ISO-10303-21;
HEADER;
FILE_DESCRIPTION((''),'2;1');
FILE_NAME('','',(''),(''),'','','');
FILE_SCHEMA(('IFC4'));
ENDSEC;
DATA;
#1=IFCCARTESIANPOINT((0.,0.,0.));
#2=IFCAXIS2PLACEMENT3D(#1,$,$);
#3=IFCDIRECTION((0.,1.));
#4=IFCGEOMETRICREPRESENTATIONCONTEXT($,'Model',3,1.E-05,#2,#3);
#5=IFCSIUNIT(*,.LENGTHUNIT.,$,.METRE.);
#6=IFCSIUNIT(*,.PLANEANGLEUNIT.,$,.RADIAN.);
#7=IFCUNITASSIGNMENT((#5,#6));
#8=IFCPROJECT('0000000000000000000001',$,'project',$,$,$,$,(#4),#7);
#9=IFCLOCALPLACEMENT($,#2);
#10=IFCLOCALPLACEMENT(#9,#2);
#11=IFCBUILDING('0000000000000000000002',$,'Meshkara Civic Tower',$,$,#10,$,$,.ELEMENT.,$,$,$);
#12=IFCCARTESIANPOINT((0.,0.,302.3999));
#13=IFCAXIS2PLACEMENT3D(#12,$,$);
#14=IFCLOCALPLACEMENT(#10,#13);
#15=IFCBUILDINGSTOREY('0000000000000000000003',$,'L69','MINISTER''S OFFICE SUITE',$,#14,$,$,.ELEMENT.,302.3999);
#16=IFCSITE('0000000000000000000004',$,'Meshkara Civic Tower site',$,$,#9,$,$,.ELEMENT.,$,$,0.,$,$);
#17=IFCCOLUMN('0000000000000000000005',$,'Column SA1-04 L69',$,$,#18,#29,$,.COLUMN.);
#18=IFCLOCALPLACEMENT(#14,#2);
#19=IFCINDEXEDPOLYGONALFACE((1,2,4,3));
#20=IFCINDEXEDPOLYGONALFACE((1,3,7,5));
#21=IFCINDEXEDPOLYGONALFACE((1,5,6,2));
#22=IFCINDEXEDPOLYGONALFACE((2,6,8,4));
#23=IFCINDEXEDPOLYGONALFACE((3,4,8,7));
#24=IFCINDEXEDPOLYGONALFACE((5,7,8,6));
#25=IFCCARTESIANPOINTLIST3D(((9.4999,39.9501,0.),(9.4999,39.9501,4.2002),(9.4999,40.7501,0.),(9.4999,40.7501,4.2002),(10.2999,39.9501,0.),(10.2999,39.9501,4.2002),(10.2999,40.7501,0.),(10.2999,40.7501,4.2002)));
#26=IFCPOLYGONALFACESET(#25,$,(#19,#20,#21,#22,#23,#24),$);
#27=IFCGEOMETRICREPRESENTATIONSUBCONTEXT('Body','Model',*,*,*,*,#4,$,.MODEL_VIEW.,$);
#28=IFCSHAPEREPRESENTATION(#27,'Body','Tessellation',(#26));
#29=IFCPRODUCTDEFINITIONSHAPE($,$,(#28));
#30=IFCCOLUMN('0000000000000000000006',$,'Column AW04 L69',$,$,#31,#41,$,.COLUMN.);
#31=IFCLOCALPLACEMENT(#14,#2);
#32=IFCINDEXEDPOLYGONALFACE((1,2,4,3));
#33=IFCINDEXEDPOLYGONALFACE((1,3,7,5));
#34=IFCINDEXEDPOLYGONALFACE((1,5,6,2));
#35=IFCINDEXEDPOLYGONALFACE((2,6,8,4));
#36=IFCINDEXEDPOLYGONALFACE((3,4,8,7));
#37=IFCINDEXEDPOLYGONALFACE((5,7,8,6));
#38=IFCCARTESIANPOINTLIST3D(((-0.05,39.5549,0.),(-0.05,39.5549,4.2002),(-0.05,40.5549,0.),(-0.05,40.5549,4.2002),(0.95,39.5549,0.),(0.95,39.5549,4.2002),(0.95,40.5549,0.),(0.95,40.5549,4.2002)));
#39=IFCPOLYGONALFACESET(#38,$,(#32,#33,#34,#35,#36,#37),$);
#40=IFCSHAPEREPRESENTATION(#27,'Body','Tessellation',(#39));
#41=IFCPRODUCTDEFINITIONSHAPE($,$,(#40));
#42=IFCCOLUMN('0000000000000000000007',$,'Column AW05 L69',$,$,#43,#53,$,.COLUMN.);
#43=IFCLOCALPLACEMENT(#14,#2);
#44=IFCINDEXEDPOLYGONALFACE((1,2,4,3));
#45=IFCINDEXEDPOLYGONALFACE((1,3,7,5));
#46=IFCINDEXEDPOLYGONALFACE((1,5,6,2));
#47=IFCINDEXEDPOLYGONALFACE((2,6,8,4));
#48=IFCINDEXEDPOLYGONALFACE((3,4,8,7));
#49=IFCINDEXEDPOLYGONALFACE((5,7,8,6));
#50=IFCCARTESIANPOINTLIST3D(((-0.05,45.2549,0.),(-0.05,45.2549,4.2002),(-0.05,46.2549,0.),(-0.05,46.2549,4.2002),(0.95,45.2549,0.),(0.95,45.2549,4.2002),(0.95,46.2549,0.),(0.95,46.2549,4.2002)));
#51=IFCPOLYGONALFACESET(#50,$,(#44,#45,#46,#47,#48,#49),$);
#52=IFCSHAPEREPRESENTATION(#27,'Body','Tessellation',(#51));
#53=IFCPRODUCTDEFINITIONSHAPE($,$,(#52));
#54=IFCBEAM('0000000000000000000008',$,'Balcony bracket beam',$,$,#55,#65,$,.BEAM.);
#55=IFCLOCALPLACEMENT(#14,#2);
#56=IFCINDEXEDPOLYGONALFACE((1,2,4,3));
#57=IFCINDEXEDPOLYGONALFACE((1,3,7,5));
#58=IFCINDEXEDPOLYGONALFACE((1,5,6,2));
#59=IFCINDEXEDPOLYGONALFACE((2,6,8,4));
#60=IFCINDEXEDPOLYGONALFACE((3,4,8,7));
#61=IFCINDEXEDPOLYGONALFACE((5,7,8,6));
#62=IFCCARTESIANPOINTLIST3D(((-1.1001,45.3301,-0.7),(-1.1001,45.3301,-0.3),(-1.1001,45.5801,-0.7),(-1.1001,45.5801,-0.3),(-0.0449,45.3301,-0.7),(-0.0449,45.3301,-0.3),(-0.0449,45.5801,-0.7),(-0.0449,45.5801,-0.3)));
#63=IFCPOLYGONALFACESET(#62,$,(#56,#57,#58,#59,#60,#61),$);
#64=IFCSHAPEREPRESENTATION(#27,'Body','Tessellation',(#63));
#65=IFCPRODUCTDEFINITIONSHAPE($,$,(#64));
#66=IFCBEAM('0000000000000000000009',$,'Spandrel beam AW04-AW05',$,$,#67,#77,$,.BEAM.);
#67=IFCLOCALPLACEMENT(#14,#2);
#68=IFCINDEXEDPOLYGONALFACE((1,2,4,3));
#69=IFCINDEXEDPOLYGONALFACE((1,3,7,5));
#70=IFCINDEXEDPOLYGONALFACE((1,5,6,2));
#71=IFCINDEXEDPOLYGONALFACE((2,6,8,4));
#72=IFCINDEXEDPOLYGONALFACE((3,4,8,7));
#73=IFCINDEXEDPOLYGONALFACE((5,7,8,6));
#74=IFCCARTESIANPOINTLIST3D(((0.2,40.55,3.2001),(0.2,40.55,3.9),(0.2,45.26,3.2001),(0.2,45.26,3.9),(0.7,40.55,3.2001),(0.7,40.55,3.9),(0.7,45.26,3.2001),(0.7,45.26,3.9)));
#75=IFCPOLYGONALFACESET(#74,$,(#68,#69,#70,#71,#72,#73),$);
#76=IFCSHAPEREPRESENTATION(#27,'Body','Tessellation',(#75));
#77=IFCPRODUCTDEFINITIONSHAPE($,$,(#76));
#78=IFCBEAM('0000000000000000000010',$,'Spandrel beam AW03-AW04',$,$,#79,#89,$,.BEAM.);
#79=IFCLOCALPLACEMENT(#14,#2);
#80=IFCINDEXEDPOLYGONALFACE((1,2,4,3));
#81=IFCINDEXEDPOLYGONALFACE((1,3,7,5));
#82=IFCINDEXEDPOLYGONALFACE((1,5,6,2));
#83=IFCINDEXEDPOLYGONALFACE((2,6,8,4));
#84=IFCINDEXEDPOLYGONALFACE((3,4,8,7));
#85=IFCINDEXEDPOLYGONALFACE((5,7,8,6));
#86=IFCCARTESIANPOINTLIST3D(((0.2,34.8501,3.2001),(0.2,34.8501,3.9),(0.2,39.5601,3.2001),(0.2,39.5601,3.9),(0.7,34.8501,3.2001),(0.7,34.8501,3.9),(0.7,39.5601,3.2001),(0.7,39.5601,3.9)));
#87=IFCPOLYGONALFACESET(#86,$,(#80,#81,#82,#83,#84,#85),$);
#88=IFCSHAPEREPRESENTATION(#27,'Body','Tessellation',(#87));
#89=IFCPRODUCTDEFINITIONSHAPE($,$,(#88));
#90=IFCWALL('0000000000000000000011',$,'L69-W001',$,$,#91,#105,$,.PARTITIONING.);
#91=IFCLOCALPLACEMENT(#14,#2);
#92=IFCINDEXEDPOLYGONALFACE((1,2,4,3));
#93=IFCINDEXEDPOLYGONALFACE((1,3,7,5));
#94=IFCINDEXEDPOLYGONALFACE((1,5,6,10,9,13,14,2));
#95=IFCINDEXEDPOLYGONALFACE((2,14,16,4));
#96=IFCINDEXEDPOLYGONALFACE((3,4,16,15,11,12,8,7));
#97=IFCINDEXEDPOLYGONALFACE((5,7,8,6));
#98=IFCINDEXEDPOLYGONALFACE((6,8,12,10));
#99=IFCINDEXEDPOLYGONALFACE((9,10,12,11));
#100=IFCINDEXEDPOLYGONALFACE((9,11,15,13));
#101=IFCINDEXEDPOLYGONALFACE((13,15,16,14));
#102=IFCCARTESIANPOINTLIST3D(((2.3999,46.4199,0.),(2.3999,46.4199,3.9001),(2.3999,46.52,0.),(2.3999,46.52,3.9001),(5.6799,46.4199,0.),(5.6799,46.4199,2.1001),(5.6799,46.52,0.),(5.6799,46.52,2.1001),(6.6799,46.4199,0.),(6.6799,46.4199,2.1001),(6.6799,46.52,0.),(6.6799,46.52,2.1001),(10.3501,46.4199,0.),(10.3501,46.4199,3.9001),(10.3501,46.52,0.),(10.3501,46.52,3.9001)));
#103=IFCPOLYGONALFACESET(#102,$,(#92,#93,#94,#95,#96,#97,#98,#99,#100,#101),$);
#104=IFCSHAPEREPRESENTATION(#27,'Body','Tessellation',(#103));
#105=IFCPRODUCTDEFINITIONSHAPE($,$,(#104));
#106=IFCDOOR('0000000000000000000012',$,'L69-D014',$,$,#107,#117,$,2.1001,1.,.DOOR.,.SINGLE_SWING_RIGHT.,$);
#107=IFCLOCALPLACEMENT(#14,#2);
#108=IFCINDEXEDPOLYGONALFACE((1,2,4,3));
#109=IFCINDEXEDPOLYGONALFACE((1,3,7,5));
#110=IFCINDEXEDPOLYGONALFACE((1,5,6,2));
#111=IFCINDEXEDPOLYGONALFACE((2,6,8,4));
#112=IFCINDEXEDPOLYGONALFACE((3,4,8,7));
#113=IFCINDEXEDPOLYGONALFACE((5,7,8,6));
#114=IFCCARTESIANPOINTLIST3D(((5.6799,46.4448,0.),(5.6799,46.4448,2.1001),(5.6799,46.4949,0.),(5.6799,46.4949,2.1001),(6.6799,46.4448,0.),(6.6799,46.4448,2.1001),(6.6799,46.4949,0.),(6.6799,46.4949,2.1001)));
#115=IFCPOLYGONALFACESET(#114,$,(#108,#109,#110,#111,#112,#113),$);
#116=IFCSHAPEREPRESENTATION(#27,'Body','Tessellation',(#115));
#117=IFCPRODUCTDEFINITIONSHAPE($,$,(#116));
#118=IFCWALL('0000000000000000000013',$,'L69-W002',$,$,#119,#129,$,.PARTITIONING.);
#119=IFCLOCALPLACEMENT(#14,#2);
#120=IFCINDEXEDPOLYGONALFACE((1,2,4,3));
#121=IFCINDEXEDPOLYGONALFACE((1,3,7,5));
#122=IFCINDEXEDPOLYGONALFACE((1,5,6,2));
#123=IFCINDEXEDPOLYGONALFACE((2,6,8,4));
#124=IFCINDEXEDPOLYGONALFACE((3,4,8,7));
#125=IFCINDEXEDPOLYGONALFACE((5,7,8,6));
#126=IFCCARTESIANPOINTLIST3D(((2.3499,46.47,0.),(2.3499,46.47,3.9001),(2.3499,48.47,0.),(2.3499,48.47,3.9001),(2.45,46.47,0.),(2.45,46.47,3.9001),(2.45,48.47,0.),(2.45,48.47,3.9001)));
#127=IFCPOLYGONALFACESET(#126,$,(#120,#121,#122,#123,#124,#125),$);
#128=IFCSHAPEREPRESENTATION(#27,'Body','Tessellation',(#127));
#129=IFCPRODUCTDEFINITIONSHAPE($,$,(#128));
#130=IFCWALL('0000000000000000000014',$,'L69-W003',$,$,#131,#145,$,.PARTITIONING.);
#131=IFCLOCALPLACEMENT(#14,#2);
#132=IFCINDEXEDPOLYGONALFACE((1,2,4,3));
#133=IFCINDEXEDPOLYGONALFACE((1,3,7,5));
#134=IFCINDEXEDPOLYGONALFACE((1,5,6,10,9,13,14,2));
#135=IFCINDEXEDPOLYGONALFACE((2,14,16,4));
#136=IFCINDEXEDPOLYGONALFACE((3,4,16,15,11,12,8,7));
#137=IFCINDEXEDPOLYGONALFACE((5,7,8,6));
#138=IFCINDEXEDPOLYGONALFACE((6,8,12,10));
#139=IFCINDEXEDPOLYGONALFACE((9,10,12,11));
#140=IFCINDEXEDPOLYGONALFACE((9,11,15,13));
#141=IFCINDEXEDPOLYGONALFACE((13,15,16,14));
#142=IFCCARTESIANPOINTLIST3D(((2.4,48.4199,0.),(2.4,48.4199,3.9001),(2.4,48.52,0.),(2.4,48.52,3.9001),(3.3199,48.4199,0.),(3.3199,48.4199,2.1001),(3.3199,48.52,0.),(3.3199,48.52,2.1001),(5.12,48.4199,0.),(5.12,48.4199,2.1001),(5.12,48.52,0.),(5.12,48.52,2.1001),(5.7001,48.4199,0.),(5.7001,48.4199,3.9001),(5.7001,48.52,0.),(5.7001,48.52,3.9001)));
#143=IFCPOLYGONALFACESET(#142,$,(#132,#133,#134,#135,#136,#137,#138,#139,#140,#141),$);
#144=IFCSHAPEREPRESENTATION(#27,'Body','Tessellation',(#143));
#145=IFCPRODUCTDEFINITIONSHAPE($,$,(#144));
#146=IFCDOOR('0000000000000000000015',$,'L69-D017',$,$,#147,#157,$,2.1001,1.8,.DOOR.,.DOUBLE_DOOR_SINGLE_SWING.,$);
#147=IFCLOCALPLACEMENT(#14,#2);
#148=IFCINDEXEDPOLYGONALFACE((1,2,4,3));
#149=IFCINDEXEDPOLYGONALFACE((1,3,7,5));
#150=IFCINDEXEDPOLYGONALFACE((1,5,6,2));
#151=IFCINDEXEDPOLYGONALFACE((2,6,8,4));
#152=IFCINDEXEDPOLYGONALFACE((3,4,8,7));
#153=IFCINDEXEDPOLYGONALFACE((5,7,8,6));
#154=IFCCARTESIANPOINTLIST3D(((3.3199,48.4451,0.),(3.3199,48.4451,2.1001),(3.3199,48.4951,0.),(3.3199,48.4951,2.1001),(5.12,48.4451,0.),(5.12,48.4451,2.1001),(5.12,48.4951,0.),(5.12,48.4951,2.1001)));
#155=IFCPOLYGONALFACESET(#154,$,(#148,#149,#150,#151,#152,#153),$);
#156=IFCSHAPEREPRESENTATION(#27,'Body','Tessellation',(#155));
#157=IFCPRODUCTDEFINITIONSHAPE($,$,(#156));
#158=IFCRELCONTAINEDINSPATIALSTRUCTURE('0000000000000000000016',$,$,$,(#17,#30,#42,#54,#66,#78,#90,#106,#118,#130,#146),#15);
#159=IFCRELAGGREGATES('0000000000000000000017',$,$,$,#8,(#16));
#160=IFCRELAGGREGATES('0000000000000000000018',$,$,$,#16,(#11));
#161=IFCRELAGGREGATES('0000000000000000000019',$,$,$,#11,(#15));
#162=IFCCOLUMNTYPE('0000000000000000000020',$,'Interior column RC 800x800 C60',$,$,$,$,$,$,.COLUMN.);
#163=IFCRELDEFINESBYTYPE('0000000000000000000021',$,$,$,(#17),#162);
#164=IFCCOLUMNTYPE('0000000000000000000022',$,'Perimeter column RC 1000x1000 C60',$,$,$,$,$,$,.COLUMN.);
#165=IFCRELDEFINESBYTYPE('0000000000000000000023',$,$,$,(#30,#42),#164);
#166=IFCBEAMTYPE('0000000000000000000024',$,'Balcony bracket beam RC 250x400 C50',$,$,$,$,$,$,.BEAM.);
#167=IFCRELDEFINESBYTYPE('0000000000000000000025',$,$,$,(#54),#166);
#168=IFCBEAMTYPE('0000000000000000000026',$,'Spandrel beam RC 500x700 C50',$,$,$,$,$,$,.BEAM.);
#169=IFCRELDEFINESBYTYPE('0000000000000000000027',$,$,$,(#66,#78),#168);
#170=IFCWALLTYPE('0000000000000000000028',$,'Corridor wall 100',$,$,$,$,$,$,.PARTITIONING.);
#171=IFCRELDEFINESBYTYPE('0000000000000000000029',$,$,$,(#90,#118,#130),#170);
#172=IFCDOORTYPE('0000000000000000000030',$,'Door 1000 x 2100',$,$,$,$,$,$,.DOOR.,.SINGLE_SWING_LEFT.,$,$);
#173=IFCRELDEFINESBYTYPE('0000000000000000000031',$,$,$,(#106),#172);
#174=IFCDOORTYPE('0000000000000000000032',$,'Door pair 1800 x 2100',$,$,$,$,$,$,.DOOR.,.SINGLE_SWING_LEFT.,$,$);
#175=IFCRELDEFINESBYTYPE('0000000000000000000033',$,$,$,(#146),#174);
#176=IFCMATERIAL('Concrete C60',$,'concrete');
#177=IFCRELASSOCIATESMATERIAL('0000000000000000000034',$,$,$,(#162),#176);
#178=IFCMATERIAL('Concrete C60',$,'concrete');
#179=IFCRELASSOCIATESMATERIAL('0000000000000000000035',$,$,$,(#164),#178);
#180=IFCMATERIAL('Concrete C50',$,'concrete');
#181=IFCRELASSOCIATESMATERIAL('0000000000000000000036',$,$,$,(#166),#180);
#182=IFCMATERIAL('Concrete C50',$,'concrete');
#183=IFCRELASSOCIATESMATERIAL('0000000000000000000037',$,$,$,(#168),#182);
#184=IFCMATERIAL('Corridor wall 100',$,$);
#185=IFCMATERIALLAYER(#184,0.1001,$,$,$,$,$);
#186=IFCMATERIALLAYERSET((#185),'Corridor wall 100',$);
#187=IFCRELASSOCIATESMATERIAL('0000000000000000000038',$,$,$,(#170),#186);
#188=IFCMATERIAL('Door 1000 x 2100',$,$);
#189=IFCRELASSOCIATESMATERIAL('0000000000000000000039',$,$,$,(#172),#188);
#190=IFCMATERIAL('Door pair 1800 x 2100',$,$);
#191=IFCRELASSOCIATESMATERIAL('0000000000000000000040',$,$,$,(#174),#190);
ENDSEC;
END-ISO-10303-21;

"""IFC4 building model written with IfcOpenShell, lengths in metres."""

from ifc_helpers import new_model, si_unit, direction, frame, frame_2d, origin, origin_2d, place, context, subcontext, project, spatial, rectangle, extrude, material, layer, layer_set, material_profile, profile_set, type_object, element, fill, save


model = new_model("IFC4")

# Units and contexts
model_context = context("Model", 3, precision=1e-05, world=origin(), true_north=direction((0.0, 1.0)))
body_context = subcontext(model_context, "Body", "Model", "MODEL_VIEW")
ifc_project = project(units=[si_unit("LENGTHUNIT", "METRE"), si_unit("PLANEANGLEUNIT", "RADIAN")], contexts=[model_context])

# Site, building, storey
site_placement = place(None, origin())
site = spatial("IfcSite", under=ifc_project, at=site_placement, Name="Meshkara Civic Tower site", CompositionType="ELEMENT", RefElevation=0.0)
building_placement = place(site_placement, origin())
building = spatial("IfcBuilding", under=site, at=building_placement, Name="Meshkara Civic Tower", CompositionType="ELEMENT")
storey_placement = place(building_placement, frame((0.0, 0.0, 302.3999)))
storey = spatial("IfcBuildingStorey", under=building, at=storey_placement, Name="L69", Description="MINISTER'S OFFICE SUITE", CompositionType="ELEMENT", Elevation=302.3999)

# Columns
ifc_material_1 = material(Name="Concrete C60", Category="concrete")
ifc_material_profile_1 = material_profile(ifc_material_1, rectangle(XDim=0.8, YDim=0.8, at=origin_2d()))
ifc_profile_set_1 = profile_set([ifc_material_profile_1], Name="Concrete C60")
column_type_1 = type_object("IfcColumnType", Name="Interior column RC 800x800 C60", PredefinedType="COLUMN", material=ifc_profile_set_1)
column_placement = place(storey_placement, frame((9.8999, 40.3501, 0.0), z_axis=(0.0, 0.0, 1.0), x_axis=(1.0, 0.0, 0.0)))
element("IfcColumn", 1, at=column_placement, inside=storey, type_object=column_type_1, Name="Column SA1-04 L69", PredefinedType="COLUMN", context=body_context, shape_type="SweptSolid", body=[
    extrude(rectangle(XDim=0.8, YDim=0.8, at=origin_2d()), origin(), (0.0, 0.0, 1.0), 4.2002),
])
ifc_material_2 = material(Name="Concrete C60", Category="concrete")
ifc_material_profile_2 = material_profile(ifc_material_2, rectangle(XDim=1.0, YDim=1.0, at=origin_2d()))
ifc_profile_set_2 = profile_set([ifc_material_profile_2], Name="Concrete C60")
column_type_2 = type_object("IfcColumnType", Name="Perimeter column RC 1000x1000 C60", PredefinedType="COLUMN", material=ifc_profile_set_2)
for number, where, z_axis, x_axis, name in (
    (2, (0.45, 40.0549, 0.0), (0.0, 0.0, 1.0), (1.0, 0.0, 0.0), "Column AW04 L69"),
    (3, (0.45, 45.7549, 0.0), (0.0, 0.0, 1.0), (1.0, 0.0, 0.0), "Column AW05 L69"),
):
    element("IfcColumn", number, at=place(storey_placement, frame(where, z_axis=z_axis, x_axis=x_axis)), inside=storey, type_object=column_type_2, Name=name, PredefinedType="COLUMN", context=body_context, shape_type="SweptSolid", body=[
        extrude(rectangle(XDim=1.0, YDim=1.0, at=origin_2d()), origin(), (0.0, 0.0, 1.0), 4.2002),
    ])

# Beams
ifc_material_3 = material(Name="Concrete C50", Category="concrete")
ifc_material_profile_3 = material_profile(ifc_material_3, rectangle(XDim=0.25, YDim=0.3999, at=origin_2d()))
ifc_profile_set_3 = profile_set([ifc_material_profile_3], Name="Concrete C50")
beam_type_1 = type_object("IfcBeamType", Name="Balcony bracket beam RC 250x400 C50", PredefinedType="BEAM", material=ifc_profile_set_3)
beam_placement = place(storey_placement, frame((-0.0449, 45.4551, -0.5), z_axis=(-1.0, 0.0, 0.0), x_axis=(0.0, -1.0, 0.0)))
element("IfcBeam", 4, at=beam_placement, inside=storey, type_object=beam_type_1, Name="Balcony bracket beam", PredefinedType="BEAM", context=body_context, shape_type="SweptSolid", body=[
    extrude(rectangle(XDim=0.25, YDim=0.3999, at=origin_2d()), origin(), (0.0, 0.0, 1.0), 1.0552),
])
ifc_material_4 = material(Name="Concrete C50", Category="concrete")
ifc_material_profile_4 = material_profile(ifc_material_4, rectangle(XDim=0.5, YDim=0.7, at=origin_2d()))
ifc_profile_set_4 = profile_set([ifc_material_profile_4], Name="Concrete C50")
beam_type_2 = type_object("IfcBeamType", Name="Spandrel beam RC 500x700 C50", PredefinedType="BEAM", material=ifc_profile_set_4)
for number, where, z_axis, x_axis, name in (
    (5, (0.45, 45.26, 3.55), (0.0, -1.0, 0.0), (1.0, 0.0, 0.0), "Spandrel beam AW04-AW05"),
    (6, (0.45, 39.5601, 3.55), (0.0, -1.0, 0.0), (1.0, 0.0, 0.0), "Spandrel beam AW03-AW04"),
):
    element("IfcBeam", number, at=place(storey_placement, frame(where, z_axis=z_axis, x_axis=x_axis)), inside=storey, type_object=beam_type_2, Name=name, PredefinedType="BEAM", context=body_context, shape_type="SweptSolid", body=[
        extrude(rectangle(XDim=0.5, YDim=0.7, at=origin_2d()), origin(), (0.0, 0.0, 1.0), 4.71),
    ])

# Wall, opening, door
ifc_material_5 = material(Name="Corridor wall 100")
ifc_layer_1 = layer(ifc_material_5, 0.1001)
ifc_layer_set_1 = layer_set([ifc_layer_1], Name="Corridor wall 100")
wall_type_1 = type_object("IfcWallType", Name="Corridor wall 100", PredefinedType="PARTITIONING", material=ifc_layer_set_1)
wall_1_placement = place(storey_placement, frame((2.3999, 46.47, 0.0), z_axis=(0.0, 0.0, 1.0), x_axis=(1.0, 0.0, 0.0)))
wall_1 = element("IfcWall", 7, at=wall_1_placement, inside=storey, type_object=wall_type_1, Name="L69-W001", PredefinedType="PARTITIONING", context=body_context, shape_type="SweptSolid", body=[
    extrude(rectangle(XDim=7.9502, YDim=0.1001, at=frame_2d((3.9751, 0.0))), origin(), (0.0, 0.0, 1.0), 3.9001),
])
opening_1_placement = place(wall_1_placement, frame((3.28, 0.0, 0.0)))
opening_1 = element("IfcOpeningElement", 8, at=opening_1_placement, cuts=wall_1, PredefinedType="OPENING", context=body_context, shape_type="SweptSolid", body=[
    extrude(rectangle(XDim=1.0, YDim=2.1001, at=frame_2d((0.5, 1.05))), frame((0.0, 0.0601, 0.0), z_axis=(0.0, -1.0, 0.0), x_axis=(1.0, 0.0, 0.0)), (0.0, 0.0, 1.0), 0.1201),
])
ifc_material_6 = material(Name="Door 1000 x 2100")
door_type_1 = type_object("IfcDoorType", Name="Door 1000 x 2100", OperationType="SINGLE_SWING_LEFT", PredefinedType="DOOR", material=ifc_material_6)
door_1_placement = place(opening_1_placement, origin())
door_1 = element("IfcDoor", 9, at=door_1_placement, inside=storey, type_object=door_type_1, Name="L69-D014", OperationType="SINGLE_SWING_RIGHT", OverallHeight=2.1001, OverallWidth=1.0, PredefinedType="DOOR", context=body_context, shape_type="SweptSolid", body=[
    extrude(rectangle(XDim=1.0, YDim=2.1001, at=frame_2d((0.5, 1.05))), frame((0.0, 0.0249, 0.0), z_axis=(0.0, -1.0, 0.0), x_axis=(1.0, 0.0, 0.0)), (0.0, 0.0, 1.0), 0.05),
])
fill(opening_1, door_1)

# Wall
wall_2_placement = place(storey_placement, frame((2.3999, 48.47, 0.0), z_axis=(0.0, 0.0, 1.0), x_axis=(0.0, -1.0, 0.0)))
element("IfcWall", 10, at=wall_2_placement, inside=storey, type_object=wall_type_1, Name="L69-W002", PredefinedType="PARTITIONING", context=body_context, shape_type="SweptSolid", body=[
    extrude(rectangle(XDim=2.0, YDim=0.1001, at=frame_2d((1.0, 0.0))), origin(), (0.0, 0.0, 1.0), 3.9001),
])

# Wall, opening, door
wall_3_placement = place(storey_placement, frame((5.7, 48.47, 0.0), z_axis=(0.0, 0.0, 1.0), x_axis=(-1.0, 0.0, 0.0)))
wall_3 = element("IfcWall", 11, at=wall_3_placement, inside=storey, type_object=wall_type_1, Name="L69-W003", PredefinedType="PARTITIONING", context=body_context, shape_type="SweptSolid", body=[
    extrude(rectangle(XDim=3.3, YDim=0.1001, at=frame_2d((1.6499, 0.0))), origin(), (0.0, 0.0, 1.0), 3.9001),
])
opening_2_placement = place(wall_3_placement, frame((0.5801, 0.0, 0.0)))
opening_2 = element("IfcOpeningElement", 12, at=opening_2_placement, cuts=wall_3, PredefinedType="OPENING", context=body_context, shape_type="SweptSolid", body=[
    extrude(rectangle(XDim=1.8, YDim=2.1001, at=frame_2d((0.8999, 1.05))), frame((0.0, 0.0601, 0.0), z_axis=(0.0, -1.0, 0.0), x_axis=(1.0, 0.0, 0.0)), (0.0, 0.0, 1.0), 0.1201),
])
ifc_material_7 = material(Name="Door pair 1800 x 2100")
door_type_2 = type_object("IfcDoorType", Name="Door pair 1800 x 2100", OperationType="SINGLE_SWING_LEFT", PredefinedType="DOOR", material=ifc_material_7)
door_2_placement = place(opening_2_placement, origin())
door_2 = element("IfcDoor", 13, at=door_2_placement, inside=storey, type_object=door_type_2, Name="L69-D017", OperationType="DOUBLE_DOOR_SINGLE_SWING", OverallHeight=2.1001, OverallWidth=1.8, PredefinedType="DOOR", context=body_context, shape_type="SweptSolid", body=[
    extrude(rectangle(XDim=1.8, YDim=2.1001, at=frame_2d((0.8999, 1.05))), frame((0.0, 0.0249, 0.0), z_axis=(0.0, -1.0, 0.0), x_axis=(1.0, 0.0, 0.0)), (0.0, 0.0, 1.0), 0.05),
])
fill(opening_2, door_2)

save(model, "model.ifc")
